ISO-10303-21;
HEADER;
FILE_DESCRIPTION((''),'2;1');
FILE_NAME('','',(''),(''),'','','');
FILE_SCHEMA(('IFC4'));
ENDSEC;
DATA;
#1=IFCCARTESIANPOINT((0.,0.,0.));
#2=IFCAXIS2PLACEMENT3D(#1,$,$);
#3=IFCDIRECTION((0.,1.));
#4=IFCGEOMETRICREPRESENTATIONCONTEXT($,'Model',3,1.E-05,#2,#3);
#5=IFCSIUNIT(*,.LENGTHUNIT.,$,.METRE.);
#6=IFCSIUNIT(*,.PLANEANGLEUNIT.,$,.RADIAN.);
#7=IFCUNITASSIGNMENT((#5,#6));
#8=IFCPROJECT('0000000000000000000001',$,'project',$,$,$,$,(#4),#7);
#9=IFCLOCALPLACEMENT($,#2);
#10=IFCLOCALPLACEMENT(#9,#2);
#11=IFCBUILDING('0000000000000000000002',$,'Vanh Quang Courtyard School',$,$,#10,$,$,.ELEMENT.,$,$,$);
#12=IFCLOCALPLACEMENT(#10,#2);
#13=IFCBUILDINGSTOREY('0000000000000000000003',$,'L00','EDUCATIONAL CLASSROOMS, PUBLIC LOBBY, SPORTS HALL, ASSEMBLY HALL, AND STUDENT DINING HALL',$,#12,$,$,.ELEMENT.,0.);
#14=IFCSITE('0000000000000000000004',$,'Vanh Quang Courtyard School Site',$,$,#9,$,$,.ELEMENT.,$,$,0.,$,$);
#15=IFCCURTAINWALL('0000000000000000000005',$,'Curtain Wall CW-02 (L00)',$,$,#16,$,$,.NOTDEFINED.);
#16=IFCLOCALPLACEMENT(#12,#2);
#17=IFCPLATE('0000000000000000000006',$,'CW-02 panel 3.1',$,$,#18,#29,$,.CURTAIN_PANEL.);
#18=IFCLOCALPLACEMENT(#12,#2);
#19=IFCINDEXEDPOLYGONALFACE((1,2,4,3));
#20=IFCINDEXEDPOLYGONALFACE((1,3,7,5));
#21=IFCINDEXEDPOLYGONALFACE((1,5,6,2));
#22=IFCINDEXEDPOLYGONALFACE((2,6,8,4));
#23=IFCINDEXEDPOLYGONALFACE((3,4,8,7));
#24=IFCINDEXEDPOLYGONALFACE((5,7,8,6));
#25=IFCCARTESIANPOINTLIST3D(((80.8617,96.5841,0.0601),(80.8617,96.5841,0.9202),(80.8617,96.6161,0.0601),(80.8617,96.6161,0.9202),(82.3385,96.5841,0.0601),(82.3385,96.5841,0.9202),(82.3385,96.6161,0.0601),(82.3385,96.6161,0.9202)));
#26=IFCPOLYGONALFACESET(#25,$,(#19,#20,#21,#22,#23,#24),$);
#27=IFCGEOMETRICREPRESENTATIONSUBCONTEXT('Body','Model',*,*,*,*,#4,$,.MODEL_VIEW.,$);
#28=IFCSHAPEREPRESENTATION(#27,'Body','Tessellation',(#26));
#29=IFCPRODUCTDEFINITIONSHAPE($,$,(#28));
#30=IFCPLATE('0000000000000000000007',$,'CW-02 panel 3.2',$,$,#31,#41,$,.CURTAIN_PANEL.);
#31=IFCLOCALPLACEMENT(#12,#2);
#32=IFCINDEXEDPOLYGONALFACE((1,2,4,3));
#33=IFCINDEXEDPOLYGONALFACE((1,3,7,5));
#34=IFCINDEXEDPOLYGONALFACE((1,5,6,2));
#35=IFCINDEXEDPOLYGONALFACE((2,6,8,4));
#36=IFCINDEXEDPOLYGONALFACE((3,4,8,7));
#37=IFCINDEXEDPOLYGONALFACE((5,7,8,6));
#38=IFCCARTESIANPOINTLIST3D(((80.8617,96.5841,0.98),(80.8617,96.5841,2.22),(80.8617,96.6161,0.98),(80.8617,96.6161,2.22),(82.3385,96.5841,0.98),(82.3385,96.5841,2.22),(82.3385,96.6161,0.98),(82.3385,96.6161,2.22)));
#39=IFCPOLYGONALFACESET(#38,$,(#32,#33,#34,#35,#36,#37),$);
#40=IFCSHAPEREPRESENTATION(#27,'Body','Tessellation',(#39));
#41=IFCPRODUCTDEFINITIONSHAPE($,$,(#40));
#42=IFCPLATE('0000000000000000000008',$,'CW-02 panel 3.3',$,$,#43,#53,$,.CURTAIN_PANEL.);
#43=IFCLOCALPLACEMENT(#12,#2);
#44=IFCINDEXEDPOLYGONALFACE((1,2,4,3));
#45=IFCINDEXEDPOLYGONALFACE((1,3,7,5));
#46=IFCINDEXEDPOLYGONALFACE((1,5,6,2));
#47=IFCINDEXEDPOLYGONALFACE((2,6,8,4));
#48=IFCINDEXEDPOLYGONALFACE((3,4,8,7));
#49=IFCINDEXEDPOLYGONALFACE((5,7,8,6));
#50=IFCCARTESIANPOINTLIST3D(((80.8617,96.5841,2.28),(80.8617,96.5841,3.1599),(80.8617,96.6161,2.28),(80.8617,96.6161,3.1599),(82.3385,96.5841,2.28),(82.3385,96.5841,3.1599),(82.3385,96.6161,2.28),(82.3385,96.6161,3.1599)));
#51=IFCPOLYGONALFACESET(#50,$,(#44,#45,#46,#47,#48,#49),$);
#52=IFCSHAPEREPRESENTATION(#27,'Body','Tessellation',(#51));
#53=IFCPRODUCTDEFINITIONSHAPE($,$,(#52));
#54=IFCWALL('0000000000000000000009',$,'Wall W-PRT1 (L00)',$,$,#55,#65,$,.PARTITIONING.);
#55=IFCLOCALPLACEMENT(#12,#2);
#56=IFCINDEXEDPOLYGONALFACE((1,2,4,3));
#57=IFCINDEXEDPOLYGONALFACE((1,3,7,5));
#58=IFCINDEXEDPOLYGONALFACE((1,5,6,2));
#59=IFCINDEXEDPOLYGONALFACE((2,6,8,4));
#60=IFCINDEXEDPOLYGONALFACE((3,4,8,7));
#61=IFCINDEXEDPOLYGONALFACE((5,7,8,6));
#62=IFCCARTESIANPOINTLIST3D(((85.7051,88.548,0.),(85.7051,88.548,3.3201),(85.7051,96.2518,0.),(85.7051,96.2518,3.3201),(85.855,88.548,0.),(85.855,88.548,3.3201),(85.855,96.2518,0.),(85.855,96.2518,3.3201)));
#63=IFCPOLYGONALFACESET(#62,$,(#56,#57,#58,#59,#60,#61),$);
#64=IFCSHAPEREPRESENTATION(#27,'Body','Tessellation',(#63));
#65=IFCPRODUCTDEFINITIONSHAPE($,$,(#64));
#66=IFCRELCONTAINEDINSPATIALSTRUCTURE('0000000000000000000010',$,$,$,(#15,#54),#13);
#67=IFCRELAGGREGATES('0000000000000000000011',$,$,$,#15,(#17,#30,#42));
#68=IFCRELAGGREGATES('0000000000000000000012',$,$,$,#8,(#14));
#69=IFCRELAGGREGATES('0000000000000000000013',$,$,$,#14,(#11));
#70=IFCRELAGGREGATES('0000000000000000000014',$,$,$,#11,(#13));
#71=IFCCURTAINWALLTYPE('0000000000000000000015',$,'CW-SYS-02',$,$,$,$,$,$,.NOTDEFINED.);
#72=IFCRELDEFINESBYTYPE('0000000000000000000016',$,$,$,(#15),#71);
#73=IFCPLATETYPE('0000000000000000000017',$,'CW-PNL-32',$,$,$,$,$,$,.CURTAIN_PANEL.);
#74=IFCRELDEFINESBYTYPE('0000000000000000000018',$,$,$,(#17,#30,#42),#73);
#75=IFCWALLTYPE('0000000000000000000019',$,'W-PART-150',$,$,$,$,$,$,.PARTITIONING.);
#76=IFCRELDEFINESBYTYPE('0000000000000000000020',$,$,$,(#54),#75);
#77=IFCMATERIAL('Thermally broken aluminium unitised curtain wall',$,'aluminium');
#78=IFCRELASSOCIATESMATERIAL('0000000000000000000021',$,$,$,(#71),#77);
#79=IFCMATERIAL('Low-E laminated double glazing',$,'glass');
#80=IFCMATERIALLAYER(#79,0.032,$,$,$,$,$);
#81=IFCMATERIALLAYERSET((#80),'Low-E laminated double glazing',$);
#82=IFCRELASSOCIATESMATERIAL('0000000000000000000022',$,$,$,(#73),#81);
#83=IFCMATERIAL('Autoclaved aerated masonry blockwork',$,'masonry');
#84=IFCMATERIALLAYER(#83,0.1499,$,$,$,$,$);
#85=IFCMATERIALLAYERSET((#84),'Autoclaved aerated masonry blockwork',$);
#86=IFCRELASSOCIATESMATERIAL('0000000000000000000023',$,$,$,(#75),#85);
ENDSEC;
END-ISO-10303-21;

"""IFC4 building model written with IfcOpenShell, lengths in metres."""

from ifc_helpers import new_model, si_unit, direction, frame, frame_2d, origin, origin_2d, place, context, subcontext, project, spatial, rectangle, extrude, material, layer, layer_set, type_object, element, aggregate, save


model = new_model("IFC4")

# Units and contexts
model_context = context("Model", 3, precision=1e-05, world=origin(), true_north=direction((0.0, 1.0)))
body_context = subcontext(model_context, "Body", "Model", "MODEL_VIEW")
ifc_project = project(units=[si_unit("LENGTHUNIT", "METRE"), si_unit("PLANEANGLEUNIT", "RADIAN")], contexts=[model_context])

# Site, building, storey
site_placement = place(None, origin())
site = spatial("IfcSite", under=ifc_project, at=site_placement, Name="Vanh Quang Courtyard School Site", CompositionType="ELEMENT", RefElevation=0.0)
building_placement = place(site_placement, origin())
building = spatial("IfcBuilding", under=site, at=building_placement, Name="Vanh Quang Courtyard School", CompositionType="ELEMENT")
storey_placement = place(building_placement, origin())
storey = spatial("IfcBuildingStorey", under=building, at=storey_placement, Name="L00", Description="EDUCATIONAL CLASSROOMS, PUBLIC LOBBY, SPORTS HALL, ASSEMBLY HALL, AND STUDENT DINING HALL", CompositionType="ELEMENT", Elevation=0.0)

# Curtain wall, plates
ifc_material_1 = material(Name="Thermally broken aluminium unitised curtain wall", Category="aluminium")
curtain_wall_type = type_object("IfcCurtainWallType", Name="CW-SYS-02", PredefinedType="NOTDEFINED", material=ifc_material_1)
curtain_wall_placement = place(storey_placement, origin())
curtain_wall = element("IfcCurtainWall", 1, at=curtain_wall_placement, inside=storey, type_object=curtain_wall_type, Name="Curtain Wall CW-02 (L00)", PredefinedType="NOTDEFINED")
ifc_material_2 = material(Name="Low-E laminated double glazing", Category="glass")
ifc_layer_1 = layer(ifc_material_2, 0.032)
ifc_layer_set_1 = layer_set([ifc_layer_1], Name="Low-E laminated double glazing")
plate_type = type_object("IfcPlateType", Name="CW-PNL-32", PredefinedType="CURTAIN_PANEL", material=ifc_layer_set_1)
plate_1_placement = place(storey_placement, frame((81.6001, 96.6001, 0.0601), z_axis=(0.0, 0.0, 1.0), x_axis=(1.0, 0.0, 0.0)))
plate_1 = element("IfcPlate", 2, at=plate_1_placement, type_object=plate_type, Name="CW-02 panel 3.1", PredefinedType="CURTAIN_PANEL", context=body_context, shape_type="SweptSolid", body=[
    extrude(rectangle(XDim=1.4768, YDim=0.032, at=origin_2d()), origin(), (0.0, 0.0, 1.0), 0.8601),
])
plate_2_placement = place(storey_placement, frame((81.6001, 96.6001, 0.98), z_axis=(0.0, 0.0, 1.0), x_axis=(1.0, 0.0, 0.0)))
plate_2 = element("IfcPlate", 3, at=plate_2_placement, type_object=plate_type, Name="CW-02 panel 3.2", PredefinedType="CURTAIN_PANEL", context=body_context, shape_type="SweptSolid", body=[
    extrude(rectangle(XDim=1.4768, YDim=0.032, at=origin_2d()), origin(), (0.0, 0.0, 1.0), 1.24),
])
plate_3_placement = place(storey_placement, frame((81.6001, 96.6001, 2.28), z_axis=(0.0, 0.0, 1.0), x_axis=(1.0, 0.0, 0.0)))
plate_3 = element("IfcPlate", 4, at=plate_3_placement, type_object=plate_type, Name="CW-02 panel 3.3", PredefinedType="CURTAIN_PANEL", context=body_context, shape_type="SweptSolid", body=[
    extrude(rectangle(XDim=1.4768, YDim=0.032, at=origin_2d()), origin(), (0.0, 0.0, 1.0), 0.8799),
])
aggregate(curtain_wall, [plate_1, plate_2, plate_3])

# Wall
ifc_material_3 = material(Name="Autoclaved aerated masonry blockwork", Category="masonry")
ifc_layer_2 = layer(ifc_material_3, 0.1499)
ifc_layer_set_2 = layer_set([ifc_layer_2], Name="Autoclaved aerated masonry blockwork")
wall_type = type_object("IfcWallType", Name="W-PART-150", PredefinedType="PARTITIONING", material=ifc_layer_set_2)
wall_placement = place(storey_placement, frame((85.78, 96.252, 0.0), z_axis=(0.0, 0.0, 1.0), x_axis=(0.0, -1.0, 0.0)))
element("IfcWall", 5, at=wall_placement, inside=storey, type_object=wall_type, Name="Wall W-PRT1 (L00)", PredefinedType="PARTITIONING", context=body_context, shape_type="SweptSolid", body=[
    extrude(rectangle(XDim=7.7039, YDim=0.1499, at=frame_2d((3.8521, 0.0))), origin(), (0.0, 0.0, 1.0), 3.3201),
])

save(model, "model.ifc")
